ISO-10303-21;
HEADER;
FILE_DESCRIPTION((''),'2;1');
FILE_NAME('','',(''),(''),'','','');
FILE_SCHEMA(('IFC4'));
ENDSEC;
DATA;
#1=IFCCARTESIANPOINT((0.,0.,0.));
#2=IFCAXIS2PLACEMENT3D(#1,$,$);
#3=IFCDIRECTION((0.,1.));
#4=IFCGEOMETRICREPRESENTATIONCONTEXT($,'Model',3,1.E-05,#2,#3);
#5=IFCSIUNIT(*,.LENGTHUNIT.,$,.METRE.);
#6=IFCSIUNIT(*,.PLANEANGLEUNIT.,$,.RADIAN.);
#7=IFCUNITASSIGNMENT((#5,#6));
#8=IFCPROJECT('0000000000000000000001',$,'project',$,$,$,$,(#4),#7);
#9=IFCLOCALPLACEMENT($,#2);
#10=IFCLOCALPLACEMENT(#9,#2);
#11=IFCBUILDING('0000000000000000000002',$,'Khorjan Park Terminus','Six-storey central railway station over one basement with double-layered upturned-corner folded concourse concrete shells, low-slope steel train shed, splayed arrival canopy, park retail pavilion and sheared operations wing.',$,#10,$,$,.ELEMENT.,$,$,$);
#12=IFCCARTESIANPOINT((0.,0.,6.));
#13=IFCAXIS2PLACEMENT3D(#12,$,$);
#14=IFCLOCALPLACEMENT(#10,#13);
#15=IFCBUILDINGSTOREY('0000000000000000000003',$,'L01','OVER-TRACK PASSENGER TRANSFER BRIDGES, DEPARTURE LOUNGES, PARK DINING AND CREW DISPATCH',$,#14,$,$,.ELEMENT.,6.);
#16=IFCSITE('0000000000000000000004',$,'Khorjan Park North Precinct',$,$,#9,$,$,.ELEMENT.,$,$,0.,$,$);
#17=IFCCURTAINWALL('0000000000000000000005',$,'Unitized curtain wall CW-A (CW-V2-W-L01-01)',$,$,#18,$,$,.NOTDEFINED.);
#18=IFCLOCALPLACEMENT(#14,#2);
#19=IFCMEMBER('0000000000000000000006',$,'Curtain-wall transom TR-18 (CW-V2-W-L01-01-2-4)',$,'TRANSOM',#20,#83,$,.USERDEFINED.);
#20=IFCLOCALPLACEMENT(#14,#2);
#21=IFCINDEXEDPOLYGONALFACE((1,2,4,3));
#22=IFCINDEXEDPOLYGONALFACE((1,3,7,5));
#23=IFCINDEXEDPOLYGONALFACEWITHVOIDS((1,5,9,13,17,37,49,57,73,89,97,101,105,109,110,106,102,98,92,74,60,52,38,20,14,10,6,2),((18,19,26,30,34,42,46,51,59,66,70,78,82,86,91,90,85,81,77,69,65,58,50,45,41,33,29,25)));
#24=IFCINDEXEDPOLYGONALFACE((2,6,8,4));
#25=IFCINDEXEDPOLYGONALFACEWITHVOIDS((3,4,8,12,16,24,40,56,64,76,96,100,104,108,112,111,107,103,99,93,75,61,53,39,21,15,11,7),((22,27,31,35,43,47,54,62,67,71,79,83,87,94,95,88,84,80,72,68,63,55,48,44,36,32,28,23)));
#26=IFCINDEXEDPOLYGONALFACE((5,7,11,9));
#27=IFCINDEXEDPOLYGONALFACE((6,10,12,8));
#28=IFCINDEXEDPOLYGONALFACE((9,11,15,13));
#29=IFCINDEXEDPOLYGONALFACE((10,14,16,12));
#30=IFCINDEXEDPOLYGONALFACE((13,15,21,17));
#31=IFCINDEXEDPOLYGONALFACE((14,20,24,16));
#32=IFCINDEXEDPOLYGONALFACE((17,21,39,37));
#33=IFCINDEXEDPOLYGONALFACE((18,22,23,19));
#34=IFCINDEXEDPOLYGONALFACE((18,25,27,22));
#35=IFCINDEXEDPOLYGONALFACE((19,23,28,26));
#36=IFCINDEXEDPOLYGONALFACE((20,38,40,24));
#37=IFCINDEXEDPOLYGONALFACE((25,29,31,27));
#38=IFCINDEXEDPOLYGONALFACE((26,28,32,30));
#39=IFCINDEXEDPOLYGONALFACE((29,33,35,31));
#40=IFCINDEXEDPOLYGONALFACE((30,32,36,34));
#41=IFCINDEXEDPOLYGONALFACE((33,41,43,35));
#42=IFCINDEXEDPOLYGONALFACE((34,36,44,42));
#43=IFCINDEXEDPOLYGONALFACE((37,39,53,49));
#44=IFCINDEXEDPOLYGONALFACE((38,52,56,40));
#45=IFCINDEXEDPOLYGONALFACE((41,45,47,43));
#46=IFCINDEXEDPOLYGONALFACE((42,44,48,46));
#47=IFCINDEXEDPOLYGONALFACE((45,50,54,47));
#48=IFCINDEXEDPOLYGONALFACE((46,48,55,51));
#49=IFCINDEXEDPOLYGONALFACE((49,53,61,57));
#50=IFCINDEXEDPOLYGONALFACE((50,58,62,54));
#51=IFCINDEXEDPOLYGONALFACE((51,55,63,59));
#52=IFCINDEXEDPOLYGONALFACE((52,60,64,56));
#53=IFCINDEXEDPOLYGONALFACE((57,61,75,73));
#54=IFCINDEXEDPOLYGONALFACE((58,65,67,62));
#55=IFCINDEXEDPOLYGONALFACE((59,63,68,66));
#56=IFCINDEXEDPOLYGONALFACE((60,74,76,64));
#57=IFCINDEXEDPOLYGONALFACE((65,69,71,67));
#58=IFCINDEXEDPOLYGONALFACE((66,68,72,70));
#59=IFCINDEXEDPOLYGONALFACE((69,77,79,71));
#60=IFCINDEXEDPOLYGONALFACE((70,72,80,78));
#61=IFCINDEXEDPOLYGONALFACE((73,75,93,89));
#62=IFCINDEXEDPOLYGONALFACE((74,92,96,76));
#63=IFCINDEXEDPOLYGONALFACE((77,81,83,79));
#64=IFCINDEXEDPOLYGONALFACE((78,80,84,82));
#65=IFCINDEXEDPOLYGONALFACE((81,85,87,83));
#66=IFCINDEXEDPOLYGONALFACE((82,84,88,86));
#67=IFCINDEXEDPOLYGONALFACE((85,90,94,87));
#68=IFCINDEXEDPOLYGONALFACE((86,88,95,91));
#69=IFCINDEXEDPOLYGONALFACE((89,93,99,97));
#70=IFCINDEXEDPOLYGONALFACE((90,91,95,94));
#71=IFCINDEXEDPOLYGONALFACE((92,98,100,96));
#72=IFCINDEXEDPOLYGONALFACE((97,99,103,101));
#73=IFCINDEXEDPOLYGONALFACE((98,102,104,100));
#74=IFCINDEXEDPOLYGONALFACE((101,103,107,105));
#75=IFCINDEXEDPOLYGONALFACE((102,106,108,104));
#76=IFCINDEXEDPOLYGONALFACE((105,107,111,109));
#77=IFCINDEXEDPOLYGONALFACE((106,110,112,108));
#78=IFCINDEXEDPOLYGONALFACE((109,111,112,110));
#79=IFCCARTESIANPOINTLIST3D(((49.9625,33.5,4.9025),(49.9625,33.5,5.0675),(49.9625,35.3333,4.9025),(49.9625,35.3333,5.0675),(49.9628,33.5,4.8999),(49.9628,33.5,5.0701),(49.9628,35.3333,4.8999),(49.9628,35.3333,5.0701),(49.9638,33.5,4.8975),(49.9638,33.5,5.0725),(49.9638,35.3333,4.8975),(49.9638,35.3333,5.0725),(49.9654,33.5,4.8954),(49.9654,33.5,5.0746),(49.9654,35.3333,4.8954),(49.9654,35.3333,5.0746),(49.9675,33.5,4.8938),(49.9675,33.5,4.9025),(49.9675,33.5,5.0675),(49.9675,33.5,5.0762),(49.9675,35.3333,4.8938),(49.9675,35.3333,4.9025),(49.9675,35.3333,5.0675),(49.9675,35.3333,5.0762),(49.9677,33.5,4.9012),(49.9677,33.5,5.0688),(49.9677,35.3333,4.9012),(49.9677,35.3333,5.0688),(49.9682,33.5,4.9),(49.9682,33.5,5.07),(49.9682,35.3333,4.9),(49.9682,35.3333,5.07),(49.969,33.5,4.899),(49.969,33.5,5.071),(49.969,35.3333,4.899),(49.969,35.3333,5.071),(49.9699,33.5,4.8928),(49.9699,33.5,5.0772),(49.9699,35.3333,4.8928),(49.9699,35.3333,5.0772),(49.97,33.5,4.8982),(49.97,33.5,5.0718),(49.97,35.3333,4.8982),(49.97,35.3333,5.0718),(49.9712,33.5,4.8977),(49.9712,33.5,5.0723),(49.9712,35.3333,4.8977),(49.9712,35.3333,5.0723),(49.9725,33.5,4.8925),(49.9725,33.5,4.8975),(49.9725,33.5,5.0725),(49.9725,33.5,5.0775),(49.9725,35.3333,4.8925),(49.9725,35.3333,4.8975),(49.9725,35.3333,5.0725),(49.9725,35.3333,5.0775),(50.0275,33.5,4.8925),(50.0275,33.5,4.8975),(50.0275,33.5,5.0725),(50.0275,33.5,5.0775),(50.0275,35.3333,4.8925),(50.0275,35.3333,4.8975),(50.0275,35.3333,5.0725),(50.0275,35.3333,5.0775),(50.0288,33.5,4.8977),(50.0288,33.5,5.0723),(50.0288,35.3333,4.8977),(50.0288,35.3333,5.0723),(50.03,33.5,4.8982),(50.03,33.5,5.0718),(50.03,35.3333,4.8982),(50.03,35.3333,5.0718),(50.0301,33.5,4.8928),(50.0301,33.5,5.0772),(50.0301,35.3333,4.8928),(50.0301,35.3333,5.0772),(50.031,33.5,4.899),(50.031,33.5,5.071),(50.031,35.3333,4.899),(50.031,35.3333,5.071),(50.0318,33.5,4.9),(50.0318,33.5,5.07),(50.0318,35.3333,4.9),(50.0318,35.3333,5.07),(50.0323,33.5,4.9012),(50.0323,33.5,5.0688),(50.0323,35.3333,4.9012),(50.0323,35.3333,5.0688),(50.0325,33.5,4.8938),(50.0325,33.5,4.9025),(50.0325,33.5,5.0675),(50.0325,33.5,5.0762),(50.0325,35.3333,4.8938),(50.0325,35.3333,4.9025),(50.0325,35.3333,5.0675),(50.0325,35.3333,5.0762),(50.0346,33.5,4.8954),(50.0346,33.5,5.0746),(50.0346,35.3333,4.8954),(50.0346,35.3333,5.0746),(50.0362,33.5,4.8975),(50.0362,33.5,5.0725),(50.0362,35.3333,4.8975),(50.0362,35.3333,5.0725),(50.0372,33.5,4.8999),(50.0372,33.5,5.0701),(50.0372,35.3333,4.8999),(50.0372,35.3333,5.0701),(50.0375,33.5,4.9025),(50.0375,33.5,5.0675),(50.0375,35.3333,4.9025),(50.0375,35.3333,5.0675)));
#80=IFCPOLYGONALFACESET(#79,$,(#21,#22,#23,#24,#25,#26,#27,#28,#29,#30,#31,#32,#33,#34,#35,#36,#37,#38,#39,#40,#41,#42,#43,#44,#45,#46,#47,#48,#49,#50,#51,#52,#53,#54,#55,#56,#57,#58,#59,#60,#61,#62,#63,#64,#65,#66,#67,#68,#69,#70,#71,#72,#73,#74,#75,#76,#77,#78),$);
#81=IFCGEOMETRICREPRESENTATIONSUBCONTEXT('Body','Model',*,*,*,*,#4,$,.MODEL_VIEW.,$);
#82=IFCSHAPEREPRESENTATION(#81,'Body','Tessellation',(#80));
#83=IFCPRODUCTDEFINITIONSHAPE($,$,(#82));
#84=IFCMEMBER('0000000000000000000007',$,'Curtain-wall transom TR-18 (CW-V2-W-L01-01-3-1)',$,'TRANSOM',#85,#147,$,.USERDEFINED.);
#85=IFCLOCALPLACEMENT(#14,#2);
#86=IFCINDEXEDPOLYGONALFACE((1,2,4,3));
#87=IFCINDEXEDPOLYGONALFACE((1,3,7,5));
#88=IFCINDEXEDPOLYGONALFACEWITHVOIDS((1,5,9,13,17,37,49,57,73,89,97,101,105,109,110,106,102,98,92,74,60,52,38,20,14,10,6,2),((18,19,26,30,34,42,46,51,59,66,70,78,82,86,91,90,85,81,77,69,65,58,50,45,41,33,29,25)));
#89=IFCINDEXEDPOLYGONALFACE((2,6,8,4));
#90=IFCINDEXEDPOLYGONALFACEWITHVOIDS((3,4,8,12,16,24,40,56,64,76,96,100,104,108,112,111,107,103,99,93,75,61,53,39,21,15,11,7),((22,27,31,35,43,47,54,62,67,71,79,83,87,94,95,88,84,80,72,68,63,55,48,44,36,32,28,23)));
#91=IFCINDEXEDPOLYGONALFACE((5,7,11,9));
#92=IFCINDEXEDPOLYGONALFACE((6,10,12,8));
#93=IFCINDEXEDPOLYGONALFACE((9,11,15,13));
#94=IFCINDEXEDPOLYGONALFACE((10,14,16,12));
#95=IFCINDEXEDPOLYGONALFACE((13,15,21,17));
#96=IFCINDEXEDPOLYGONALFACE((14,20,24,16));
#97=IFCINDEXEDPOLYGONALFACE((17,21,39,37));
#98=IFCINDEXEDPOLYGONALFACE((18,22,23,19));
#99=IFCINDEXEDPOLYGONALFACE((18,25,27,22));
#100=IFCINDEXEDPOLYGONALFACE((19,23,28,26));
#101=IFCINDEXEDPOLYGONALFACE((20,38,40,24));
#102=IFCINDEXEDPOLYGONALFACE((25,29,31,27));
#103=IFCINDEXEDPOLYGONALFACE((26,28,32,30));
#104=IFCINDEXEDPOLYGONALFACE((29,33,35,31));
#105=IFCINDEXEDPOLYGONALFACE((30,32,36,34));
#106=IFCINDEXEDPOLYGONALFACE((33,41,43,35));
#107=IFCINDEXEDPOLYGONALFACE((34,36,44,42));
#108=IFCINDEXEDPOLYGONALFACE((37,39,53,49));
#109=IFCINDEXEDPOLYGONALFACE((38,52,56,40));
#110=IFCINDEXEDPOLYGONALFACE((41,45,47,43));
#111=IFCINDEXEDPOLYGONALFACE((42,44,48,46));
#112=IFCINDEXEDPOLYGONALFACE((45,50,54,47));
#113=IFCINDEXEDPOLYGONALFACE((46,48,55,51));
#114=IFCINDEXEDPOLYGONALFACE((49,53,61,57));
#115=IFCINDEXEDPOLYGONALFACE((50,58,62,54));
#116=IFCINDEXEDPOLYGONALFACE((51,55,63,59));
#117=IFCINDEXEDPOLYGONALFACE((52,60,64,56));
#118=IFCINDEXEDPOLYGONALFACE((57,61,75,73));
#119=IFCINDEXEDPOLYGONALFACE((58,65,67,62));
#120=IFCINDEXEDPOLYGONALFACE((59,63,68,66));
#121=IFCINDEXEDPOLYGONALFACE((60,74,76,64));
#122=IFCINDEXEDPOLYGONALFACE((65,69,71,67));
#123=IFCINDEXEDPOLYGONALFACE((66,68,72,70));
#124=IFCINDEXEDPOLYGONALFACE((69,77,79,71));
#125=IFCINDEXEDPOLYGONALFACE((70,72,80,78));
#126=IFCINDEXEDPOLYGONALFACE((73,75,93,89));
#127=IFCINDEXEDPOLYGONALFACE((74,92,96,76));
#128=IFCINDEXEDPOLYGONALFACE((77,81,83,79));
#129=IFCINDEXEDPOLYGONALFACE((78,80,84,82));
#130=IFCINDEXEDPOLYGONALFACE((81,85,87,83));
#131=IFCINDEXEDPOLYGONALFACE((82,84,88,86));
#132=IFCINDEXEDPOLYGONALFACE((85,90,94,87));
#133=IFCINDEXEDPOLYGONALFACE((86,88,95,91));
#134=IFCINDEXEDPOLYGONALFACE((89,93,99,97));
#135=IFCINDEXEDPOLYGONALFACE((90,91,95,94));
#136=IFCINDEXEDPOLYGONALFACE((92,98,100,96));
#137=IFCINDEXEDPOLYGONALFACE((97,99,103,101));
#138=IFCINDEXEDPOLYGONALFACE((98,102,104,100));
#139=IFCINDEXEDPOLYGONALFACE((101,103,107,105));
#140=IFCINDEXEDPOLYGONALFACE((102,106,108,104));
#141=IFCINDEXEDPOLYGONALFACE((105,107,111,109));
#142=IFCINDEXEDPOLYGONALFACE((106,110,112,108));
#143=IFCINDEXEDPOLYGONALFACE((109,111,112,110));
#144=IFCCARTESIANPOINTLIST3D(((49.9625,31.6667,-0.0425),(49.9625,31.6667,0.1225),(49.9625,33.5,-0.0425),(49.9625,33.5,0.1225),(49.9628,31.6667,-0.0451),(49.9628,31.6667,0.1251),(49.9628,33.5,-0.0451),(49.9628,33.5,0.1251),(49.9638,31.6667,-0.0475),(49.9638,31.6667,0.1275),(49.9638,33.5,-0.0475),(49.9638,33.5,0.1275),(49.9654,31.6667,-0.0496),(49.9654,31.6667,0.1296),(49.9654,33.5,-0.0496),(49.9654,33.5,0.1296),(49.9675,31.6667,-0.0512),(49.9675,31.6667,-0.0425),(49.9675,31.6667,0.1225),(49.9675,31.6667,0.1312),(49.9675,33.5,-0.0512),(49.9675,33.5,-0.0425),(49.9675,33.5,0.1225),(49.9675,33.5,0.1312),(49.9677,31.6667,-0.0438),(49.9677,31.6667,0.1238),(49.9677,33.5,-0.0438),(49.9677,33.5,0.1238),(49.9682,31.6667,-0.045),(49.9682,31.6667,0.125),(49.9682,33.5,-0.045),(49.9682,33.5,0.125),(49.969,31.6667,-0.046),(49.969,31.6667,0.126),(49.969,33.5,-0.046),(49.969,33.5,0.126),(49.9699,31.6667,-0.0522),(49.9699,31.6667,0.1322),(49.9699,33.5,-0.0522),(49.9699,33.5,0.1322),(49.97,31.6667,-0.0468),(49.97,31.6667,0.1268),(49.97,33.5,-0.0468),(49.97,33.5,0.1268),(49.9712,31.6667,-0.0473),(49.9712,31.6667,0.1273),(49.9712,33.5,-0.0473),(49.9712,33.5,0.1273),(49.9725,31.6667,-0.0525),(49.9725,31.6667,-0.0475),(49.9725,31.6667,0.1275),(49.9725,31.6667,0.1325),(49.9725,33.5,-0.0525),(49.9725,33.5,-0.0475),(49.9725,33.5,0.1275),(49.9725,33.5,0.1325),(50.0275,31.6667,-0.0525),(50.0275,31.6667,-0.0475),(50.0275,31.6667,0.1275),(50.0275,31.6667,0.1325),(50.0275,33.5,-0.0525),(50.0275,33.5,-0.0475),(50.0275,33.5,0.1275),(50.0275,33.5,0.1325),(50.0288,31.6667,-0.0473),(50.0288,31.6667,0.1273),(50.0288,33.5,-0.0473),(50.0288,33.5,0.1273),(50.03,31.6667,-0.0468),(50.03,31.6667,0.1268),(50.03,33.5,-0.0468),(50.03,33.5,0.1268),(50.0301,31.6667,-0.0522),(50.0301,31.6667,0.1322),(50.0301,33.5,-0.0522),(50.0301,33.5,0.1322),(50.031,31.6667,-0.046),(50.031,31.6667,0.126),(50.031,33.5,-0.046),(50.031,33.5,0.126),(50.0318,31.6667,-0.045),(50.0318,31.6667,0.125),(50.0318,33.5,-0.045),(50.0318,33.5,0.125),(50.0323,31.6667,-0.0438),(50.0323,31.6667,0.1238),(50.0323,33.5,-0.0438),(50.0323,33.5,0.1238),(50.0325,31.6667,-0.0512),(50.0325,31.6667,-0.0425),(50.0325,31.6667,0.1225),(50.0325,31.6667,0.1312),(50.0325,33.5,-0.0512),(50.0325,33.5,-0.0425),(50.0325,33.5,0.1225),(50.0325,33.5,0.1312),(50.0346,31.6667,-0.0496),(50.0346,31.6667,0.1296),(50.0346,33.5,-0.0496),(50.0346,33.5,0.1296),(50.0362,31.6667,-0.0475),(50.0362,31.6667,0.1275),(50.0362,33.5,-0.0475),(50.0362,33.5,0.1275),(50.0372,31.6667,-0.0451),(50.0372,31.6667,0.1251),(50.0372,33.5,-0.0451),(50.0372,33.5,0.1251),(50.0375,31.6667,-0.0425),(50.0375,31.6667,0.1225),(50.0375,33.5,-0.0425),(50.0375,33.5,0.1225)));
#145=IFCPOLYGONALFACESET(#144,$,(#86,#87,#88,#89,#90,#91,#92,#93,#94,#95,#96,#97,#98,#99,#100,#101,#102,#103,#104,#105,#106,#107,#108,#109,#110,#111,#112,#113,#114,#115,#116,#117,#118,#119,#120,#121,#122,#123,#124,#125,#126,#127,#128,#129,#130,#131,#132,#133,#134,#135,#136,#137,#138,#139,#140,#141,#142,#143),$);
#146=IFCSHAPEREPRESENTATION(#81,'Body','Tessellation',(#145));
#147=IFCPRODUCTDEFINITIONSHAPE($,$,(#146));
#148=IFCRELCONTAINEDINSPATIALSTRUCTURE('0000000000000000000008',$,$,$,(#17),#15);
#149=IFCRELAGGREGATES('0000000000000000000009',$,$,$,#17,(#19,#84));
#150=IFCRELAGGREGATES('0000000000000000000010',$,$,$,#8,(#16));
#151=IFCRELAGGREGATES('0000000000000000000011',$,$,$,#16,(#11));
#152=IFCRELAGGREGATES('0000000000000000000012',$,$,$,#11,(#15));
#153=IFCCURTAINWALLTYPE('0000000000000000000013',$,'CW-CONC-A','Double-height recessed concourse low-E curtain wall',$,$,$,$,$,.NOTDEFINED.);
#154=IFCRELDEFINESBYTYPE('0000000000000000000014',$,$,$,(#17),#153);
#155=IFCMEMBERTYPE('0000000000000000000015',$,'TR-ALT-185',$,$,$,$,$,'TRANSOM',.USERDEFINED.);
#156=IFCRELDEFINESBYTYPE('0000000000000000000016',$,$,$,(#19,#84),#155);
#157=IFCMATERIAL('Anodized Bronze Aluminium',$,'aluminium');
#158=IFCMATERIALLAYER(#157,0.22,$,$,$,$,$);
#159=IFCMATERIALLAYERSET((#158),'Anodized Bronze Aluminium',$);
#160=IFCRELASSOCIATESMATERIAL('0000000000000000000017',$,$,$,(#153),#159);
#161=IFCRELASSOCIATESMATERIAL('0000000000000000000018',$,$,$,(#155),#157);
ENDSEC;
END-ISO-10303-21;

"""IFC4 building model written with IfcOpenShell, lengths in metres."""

from ifc_helpers import new_model, si_unit, direction, frame, origin, origin_2d, place, context, subcontext, project, spatial, hollow_rectangle, extrude, material, layer, layer_set, material_profile, profile_set, type_object, element, aggregate, save


model = new_model("IFC4")

# Units and contexts
model_context = context("Model", 3, precision=1e-05, world=origin(), true_north=direction((0.0, 1.0)))
body_context = subcontext(model_context, "Body", "Model", "MODEL_VIEW")
ifc_project = project(units=[si_unit("LENGTHUNIT", "METRE"), si_unit("PLANEANGLEUNIT", "RADIAN")], contexts=[model_context])

# Site, building, storey
site_placement = place(None, origin())
site = spatial("IfcSite", under=ifc_project, at=site_placement, Name="Khorjan Park North Precinct", CompositionType="ELEMENT", RefElevation=0.0)
building_placement = place(site_placement, origin())
building = spatial("IfcBuilding", under=site, at=building_placement, Name="Khorjan Park Terminus", Description="Six-storey central railway station over one basement with double-layered upturned-corner folded concourse concrete shells, low-slope steel train shed, splayed arrival canopy, park retail pavilion and sheared operations wing.", CompositionType="ELEMENT")
storey_placement = place(building_placement, frame((0.0, 0.0, 6.0)))
storey = spatial("IfcBuildingStorey", under=building, at=storey_placement, Name="L01", Description="OVER-TRACK PASSENGER TRANSFER BRIDGES, DEPARTURE LOUNGES, PARK DINING AND CREW DISPATCH", CompositionType="ELEMENT", Elevation=6.0)

# Curtain wall
ifc_material_1 = material(Name="Anodized Bronze Aluminium", Category="aluminium")
ifc_layer_1 = layer(ifc_material_1, 0.22)
ifc_layer_set_1 = layer_set([ifc_layer_1], Name="Anodized Bronze Aluminium")
curtain_wall_type = type_object("IfcCurtainWallType", Name="CW-CONC-A", Description="Double-height recessed concourse low-E curtain wall", PredefinedType="NOTDEFINED", material=ifc_layer_set_1)
curtain_wall_placement = place(storey_placement, origin())
curtain_wall = element("IfcCurtainWall", 1, at=curtain_wall_placement, inside=storey, type_object=curtain_wall_type, Name="Unitized curtain wall CW-A (CW-V2-W-L01-01)", PredefinedType="NOTDEFINED")

# Members
ifc_material_profile_1 = material_profile(ifc_material_1, hollow_rectangle(XDim=0.075, YDim=0.185, WallThickness=0.005, InnerFilletRadius=0.005, OuterFilletRadius=0.01, at=origin_2d()), Name="ALT 75x185x5")
ifc_profile_set_1 = profile_set([ifc_material_profile_1], Name="Anodized Bronze Aluminium")
member_type_1 = type_object("IfcMemberType", Name="TR-ALT-185", ElementType="TRANSOM", PredefinedType="USERDEFINED", material=ifc_profile_set_1)
member_1_placement = place(storey_placement, frame((50.0, 35.3333, 4.985), z_axis=(0.0, -1.0, 0.0), x_axis=(1.0, 0.0, 0.0)))
member_1 = element("IfcMember", 2, at=member_1_placement, type_object=member_type_1, Name="Curtain-wall transom TR-18 (CW-V2-W-L01-01-2-4)", ObjectType="TRANSOM", PredefinedType="USERDEFINED", context=body_context, shape_type="SweptSolid", body=[
    extrude(hollow_rectangle(XDim=0.075, YDim=0.185, WallThickness=0.005, InnerFilletRadius=0.005, OuterFilletRadius=0.01, at=origin_2d()), origin(), (0.0, 0.0, 1.0), 1.8333),
])
member_2_placement = place(storey_placement, frame((50.0, 33.5, 0.04), z_axis=(0.0, -1.0, 0.0), x_axis=(1.0, 0.0, 0.0)))
member_2 = element("IfcMember", 3, at=member_2_placement, type_object=member_type_1, Name="Curtain-wall transom TR-18 (CW-V2-W-L01-01-3-1)", ObjectType="TRANSOM", PredefinedType="USERDEFINED", context=body_context, shape_type="SweptSolid", body=[
    extrude(hollow_rectangle(XDim=0.075, YDim=0.185, WallThickness=0.005, InnerFilletRadius=0.005, OuterFilletRadius=0.01, at=origin_2d()), origin(), (0.0, 0.0, 1.0), 1.8333),
])

aggregate(curtain_wall, [member_1, member_2])

save(model, "model.ifc")
